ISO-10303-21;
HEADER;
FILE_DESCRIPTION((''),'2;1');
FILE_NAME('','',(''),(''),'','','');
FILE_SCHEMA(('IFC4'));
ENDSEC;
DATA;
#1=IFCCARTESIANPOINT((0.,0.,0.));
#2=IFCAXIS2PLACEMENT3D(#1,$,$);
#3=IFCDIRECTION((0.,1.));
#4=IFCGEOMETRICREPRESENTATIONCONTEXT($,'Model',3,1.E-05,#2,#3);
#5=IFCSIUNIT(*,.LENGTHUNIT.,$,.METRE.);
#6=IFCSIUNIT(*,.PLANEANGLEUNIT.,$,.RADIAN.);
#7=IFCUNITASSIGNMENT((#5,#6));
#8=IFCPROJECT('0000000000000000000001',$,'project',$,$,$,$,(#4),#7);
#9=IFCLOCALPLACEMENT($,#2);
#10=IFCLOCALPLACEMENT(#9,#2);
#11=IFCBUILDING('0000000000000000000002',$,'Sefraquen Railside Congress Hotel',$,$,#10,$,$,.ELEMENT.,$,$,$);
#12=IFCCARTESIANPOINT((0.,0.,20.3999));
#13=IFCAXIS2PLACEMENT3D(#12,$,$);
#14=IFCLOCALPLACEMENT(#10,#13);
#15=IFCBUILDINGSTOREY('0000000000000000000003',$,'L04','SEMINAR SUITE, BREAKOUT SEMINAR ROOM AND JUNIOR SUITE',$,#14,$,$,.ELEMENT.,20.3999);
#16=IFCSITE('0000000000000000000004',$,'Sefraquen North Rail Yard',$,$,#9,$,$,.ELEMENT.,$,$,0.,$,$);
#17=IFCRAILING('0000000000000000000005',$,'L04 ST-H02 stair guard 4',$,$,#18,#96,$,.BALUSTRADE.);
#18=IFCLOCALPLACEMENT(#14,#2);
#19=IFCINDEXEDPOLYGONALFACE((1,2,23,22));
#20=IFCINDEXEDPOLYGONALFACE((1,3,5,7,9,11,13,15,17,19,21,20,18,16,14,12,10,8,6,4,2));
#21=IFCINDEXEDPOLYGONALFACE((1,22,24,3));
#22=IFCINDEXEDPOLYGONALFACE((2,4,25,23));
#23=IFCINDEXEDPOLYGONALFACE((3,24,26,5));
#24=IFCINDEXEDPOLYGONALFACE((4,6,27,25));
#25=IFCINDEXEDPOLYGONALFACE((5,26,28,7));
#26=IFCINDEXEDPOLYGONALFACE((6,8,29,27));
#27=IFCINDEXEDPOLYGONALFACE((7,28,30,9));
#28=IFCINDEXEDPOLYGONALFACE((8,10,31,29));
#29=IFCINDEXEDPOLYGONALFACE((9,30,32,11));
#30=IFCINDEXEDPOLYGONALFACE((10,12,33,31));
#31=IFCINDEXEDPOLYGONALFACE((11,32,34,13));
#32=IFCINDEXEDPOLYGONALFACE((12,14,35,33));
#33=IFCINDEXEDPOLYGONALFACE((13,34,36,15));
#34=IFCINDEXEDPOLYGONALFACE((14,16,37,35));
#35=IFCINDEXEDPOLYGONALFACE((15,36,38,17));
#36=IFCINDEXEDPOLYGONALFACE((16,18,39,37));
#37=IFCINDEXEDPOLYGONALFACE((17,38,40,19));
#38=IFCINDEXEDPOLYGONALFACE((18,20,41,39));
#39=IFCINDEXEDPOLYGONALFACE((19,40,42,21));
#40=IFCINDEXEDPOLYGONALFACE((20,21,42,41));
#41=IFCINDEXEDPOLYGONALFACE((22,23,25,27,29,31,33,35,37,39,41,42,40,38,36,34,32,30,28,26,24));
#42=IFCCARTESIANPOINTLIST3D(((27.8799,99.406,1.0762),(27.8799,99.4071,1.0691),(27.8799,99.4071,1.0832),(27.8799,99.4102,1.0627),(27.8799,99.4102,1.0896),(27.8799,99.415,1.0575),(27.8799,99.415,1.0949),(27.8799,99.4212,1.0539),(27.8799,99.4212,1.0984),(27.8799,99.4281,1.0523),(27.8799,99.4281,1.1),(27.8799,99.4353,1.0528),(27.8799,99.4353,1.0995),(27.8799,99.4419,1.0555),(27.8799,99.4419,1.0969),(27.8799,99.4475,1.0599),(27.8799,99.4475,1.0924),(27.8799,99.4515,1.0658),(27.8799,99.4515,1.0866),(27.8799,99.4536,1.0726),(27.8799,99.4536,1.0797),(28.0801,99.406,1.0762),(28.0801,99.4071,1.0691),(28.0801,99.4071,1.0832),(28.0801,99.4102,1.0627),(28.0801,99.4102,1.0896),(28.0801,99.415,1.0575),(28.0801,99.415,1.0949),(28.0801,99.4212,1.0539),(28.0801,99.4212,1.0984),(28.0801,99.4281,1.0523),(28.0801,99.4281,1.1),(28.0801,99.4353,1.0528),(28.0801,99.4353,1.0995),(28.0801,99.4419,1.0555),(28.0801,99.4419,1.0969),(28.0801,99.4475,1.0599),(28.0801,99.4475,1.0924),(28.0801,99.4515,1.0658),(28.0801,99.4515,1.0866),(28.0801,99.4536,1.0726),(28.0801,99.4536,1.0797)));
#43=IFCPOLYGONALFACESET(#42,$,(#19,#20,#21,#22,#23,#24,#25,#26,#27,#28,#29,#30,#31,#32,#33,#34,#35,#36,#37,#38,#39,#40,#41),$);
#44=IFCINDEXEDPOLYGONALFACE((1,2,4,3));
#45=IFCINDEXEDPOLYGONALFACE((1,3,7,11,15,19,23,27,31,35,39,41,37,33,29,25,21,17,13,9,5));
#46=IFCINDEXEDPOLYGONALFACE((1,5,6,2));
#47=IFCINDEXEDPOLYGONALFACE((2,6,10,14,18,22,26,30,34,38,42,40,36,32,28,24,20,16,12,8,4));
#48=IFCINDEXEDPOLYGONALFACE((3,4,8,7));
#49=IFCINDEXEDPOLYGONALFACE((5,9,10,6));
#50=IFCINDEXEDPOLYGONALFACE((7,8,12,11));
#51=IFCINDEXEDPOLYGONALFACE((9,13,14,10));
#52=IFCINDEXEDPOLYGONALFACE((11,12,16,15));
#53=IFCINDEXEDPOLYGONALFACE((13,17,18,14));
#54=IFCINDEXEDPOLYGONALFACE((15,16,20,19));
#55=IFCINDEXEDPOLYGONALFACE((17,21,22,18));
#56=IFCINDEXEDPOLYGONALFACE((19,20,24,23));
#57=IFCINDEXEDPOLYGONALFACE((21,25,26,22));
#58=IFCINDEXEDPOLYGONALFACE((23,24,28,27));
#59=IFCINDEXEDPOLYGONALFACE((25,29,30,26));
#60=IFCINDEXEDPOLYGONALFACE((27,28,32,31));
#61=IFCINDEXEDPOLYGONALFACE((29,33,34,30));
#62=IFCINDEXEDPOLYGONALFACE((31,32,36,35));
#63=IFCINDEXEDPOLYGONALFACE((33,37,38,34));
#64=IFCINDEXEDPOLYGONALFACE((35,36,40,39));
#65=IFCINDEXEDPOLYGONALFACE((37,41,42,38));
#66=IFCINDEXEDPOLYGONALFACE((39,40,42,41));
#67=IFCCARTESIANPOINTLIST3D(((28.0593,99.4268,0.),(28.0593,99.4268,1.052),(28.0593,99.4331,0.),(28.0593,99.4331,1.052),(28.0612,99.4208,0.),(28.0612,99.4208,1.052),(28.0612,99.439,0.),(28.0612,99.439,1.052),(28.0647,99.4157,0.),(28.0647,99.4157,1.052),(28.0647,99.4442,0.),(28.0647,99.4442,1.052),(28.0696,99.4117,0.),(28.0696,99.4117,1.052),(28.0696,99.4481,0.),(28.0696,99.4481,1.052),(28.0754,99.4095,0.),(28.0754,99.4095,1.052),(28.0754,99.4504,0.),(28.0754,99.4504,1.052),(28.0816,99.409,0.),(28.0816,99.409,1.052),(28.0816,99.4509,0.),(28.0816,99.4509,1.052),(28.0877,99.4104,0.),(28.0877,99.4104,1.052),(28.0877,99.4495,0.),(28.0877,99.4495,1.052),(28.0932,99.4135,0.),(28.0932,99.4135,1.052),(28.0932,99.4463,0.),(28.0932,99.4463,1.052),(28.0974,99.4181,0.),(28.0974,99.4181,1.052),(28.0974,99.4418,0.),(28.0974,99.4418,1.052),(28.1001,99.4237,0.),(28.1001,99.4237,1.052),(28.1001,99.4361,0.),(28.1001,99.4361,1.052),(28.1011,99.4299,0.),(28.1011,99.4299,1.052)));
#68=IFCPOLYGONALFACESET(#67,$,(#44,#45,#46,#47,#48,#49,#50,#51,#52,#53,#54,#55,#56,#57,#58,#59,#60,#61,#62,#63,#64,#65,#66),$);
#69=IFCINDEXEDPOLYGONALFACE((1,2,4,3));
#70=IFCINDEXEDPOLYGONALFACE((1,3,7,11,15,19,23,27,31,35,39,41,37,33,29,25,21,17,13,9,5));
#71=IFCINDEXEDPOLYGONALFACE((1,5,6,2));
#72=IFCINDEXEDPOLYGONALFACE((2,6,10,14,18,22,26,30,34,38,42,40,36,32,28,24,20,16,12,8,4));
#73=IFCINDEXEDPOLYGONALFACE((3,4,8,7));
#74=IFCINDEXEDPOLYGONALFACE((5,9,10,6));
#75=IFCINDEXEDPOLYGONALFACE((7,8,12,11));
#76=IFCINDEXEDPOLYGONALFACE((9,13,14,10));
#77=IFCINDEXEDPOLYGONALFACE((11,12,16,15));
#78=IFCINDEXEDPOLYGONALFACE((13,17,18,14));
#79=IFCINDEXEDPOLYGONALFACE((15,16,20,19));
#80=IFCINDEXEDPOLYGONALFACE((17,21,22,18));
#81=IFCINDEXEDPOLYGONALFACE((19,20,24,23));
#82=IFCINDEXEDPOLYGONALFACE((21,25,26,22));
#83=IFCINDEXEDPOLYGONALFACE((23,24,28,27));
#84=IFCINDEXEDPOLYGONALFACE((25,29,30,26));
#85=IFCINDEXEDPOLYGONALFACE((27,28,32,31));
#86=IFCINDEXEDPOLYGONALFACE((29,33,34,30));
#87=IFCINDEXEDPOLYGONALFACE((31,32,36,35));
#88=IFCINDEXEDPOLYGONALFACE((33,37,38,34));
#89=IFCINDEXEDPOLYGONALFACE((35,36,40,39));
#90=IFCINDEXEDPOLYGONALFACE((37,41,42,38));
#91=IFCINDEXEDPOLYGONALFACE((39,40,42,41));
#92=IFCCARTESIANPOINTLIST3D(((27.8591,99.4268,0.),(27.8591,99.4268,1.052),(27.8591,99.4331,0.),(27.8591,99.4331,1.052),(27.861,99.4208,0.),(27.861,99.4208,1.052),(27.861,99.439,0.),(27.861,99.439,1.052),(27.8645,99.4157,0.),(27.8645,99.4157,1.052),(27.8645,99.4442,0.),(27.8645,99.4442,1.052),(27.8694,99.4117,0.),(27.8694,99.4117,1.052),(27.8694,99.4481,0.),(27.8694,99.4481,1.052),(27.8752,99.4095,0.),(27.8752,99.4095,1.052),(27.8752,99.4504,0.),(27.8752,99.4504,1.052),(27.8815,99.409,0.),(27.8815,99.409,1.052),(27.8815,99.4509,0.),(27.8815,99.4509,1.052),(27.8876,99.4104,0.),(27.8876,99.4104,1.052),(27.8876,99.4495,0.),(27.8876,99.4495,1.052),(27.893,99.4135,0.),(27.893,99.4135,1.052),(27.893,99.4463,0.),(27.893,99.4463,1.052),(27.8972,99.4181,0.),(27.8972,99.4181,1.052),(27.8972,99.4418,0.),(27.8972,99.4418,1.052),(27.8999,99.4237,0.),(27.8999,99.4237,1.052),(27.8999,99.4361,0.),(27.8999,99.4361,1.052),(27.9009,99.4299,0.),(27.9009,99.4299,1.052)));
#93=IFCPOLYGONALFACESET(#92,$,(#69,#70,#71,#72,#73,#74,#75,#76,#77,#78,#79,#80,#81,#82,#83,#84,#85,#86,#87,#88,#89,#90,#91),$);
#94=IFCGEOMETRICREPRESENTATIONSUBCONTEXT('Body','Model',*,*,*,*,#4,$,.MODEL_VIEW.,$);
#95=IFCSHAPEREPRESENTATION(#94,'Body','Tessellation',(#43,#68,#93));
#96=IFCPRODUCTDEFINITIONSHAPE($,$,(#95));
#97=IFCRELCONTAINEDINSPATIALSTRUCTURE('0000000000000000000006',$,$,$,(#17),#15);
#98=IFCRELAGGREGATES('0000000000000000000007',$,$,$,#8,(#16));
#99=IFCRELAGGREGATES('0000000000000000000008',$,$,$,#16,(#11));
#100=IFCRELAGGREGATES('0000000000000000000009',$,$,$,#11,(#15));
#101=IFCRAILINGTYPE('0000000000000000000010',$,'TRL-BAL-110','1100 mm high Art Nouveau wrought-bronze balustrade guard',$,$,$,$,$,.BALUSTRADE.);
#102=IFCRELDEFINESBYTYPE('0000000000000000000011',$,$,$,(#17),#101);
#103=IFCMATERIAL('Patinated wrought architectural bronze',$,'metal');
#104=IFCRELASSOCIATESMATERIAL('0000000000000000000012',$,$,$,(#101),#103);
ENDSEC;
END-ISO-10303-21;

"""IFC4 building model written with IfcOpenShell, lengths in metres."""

from ifc_helpers import new_model, si_unit, direction, frame, origin, origin_2d, place, context, subcontext, project, spatial, circle, extrude, material, type_object, element, save


model = new_model("IFC4")

# Units and contexts
model_context = context("Model", 3, precision=1e-05, world=origin(), true_north=direction((0.0, 1.0)))
body_context = subcontext(model_context, "Body", "Model", "MODEL_VIEW")
ifc_project = project(units=[si_unit("LENGTHUNIT", "METRE"), si_unit("PLANEANGLEUNIT", "RADIAN")], contexts=[model_context])

# Site, building, storey
site_placement = place(None, origin())
site = spatial("IfcSite", under=ifc_project, at=site_placement, Name="Sefraquen North Rail Yard", CompositionType="ELEMENT", RefElevation=0.0)
building_placement = place(site_placement, origin())
building = spatial("IfcBuilding", under=site, at=building_placement, Name="Sefraquen Railside Congress Hotel", CompositionType="ELEMENT")
storey_placement = place(building_placement, frame((0.0, 0.0, 20.3999)))
storey = spatial("IfcBuildingStorey", under=building, at=storey_placement, Name="L04", Description="SEMINAR SUITE, BREAKOUT SEMINAR ROOM AND JUNIOR SUITE", CompositionType="ELEMENT", Elevation=20.3999)

# Railing
ifc_material_1 = material(Name="Patinated wrought architectural bronze", Category="metal")
railing_type_1 = type_object("IfcRailingType", Name="TRL-BAL-110", Description="1100 mm high Art Nouveau wrought-bronze balustrade guard", PredefinedType="BALUSTRADE", material=ifc_material_1)
railing_1_placement = place(storey_placement, frame((28.0801, 99.4299, 0.0)))
element("IfcRailing", 1, at=railing_1_placement, inside=storey, type_object=railing_type_1, Name="L04 ST-H02 stair guard 4", PredefinedType="BALUSTRADE", context=body_context, shape_type="SweptSolid", body=[
    extrude(circle(Radius=0.0239, at=origin_2d()), frame((0.0, 0.0, 1.0762), z_axis=(-1.0, 0.0, 0.0), x_axis=(0.0, -1.0, 0.0)), (0.0, 0.0, 1.0), 0.2002),
    extrude(circle(Radius=0.021, at=origin_2d()), origin(), (0.0, 0.0, 1.0), 1.052),
    extrude(circle(Radius=0.021, at=origin_2d()), frame((-0.2002, 0.0, 0.0)), (0.0, 0.0, 1.0), 1.052),
])

save(model, "model.ifc")
